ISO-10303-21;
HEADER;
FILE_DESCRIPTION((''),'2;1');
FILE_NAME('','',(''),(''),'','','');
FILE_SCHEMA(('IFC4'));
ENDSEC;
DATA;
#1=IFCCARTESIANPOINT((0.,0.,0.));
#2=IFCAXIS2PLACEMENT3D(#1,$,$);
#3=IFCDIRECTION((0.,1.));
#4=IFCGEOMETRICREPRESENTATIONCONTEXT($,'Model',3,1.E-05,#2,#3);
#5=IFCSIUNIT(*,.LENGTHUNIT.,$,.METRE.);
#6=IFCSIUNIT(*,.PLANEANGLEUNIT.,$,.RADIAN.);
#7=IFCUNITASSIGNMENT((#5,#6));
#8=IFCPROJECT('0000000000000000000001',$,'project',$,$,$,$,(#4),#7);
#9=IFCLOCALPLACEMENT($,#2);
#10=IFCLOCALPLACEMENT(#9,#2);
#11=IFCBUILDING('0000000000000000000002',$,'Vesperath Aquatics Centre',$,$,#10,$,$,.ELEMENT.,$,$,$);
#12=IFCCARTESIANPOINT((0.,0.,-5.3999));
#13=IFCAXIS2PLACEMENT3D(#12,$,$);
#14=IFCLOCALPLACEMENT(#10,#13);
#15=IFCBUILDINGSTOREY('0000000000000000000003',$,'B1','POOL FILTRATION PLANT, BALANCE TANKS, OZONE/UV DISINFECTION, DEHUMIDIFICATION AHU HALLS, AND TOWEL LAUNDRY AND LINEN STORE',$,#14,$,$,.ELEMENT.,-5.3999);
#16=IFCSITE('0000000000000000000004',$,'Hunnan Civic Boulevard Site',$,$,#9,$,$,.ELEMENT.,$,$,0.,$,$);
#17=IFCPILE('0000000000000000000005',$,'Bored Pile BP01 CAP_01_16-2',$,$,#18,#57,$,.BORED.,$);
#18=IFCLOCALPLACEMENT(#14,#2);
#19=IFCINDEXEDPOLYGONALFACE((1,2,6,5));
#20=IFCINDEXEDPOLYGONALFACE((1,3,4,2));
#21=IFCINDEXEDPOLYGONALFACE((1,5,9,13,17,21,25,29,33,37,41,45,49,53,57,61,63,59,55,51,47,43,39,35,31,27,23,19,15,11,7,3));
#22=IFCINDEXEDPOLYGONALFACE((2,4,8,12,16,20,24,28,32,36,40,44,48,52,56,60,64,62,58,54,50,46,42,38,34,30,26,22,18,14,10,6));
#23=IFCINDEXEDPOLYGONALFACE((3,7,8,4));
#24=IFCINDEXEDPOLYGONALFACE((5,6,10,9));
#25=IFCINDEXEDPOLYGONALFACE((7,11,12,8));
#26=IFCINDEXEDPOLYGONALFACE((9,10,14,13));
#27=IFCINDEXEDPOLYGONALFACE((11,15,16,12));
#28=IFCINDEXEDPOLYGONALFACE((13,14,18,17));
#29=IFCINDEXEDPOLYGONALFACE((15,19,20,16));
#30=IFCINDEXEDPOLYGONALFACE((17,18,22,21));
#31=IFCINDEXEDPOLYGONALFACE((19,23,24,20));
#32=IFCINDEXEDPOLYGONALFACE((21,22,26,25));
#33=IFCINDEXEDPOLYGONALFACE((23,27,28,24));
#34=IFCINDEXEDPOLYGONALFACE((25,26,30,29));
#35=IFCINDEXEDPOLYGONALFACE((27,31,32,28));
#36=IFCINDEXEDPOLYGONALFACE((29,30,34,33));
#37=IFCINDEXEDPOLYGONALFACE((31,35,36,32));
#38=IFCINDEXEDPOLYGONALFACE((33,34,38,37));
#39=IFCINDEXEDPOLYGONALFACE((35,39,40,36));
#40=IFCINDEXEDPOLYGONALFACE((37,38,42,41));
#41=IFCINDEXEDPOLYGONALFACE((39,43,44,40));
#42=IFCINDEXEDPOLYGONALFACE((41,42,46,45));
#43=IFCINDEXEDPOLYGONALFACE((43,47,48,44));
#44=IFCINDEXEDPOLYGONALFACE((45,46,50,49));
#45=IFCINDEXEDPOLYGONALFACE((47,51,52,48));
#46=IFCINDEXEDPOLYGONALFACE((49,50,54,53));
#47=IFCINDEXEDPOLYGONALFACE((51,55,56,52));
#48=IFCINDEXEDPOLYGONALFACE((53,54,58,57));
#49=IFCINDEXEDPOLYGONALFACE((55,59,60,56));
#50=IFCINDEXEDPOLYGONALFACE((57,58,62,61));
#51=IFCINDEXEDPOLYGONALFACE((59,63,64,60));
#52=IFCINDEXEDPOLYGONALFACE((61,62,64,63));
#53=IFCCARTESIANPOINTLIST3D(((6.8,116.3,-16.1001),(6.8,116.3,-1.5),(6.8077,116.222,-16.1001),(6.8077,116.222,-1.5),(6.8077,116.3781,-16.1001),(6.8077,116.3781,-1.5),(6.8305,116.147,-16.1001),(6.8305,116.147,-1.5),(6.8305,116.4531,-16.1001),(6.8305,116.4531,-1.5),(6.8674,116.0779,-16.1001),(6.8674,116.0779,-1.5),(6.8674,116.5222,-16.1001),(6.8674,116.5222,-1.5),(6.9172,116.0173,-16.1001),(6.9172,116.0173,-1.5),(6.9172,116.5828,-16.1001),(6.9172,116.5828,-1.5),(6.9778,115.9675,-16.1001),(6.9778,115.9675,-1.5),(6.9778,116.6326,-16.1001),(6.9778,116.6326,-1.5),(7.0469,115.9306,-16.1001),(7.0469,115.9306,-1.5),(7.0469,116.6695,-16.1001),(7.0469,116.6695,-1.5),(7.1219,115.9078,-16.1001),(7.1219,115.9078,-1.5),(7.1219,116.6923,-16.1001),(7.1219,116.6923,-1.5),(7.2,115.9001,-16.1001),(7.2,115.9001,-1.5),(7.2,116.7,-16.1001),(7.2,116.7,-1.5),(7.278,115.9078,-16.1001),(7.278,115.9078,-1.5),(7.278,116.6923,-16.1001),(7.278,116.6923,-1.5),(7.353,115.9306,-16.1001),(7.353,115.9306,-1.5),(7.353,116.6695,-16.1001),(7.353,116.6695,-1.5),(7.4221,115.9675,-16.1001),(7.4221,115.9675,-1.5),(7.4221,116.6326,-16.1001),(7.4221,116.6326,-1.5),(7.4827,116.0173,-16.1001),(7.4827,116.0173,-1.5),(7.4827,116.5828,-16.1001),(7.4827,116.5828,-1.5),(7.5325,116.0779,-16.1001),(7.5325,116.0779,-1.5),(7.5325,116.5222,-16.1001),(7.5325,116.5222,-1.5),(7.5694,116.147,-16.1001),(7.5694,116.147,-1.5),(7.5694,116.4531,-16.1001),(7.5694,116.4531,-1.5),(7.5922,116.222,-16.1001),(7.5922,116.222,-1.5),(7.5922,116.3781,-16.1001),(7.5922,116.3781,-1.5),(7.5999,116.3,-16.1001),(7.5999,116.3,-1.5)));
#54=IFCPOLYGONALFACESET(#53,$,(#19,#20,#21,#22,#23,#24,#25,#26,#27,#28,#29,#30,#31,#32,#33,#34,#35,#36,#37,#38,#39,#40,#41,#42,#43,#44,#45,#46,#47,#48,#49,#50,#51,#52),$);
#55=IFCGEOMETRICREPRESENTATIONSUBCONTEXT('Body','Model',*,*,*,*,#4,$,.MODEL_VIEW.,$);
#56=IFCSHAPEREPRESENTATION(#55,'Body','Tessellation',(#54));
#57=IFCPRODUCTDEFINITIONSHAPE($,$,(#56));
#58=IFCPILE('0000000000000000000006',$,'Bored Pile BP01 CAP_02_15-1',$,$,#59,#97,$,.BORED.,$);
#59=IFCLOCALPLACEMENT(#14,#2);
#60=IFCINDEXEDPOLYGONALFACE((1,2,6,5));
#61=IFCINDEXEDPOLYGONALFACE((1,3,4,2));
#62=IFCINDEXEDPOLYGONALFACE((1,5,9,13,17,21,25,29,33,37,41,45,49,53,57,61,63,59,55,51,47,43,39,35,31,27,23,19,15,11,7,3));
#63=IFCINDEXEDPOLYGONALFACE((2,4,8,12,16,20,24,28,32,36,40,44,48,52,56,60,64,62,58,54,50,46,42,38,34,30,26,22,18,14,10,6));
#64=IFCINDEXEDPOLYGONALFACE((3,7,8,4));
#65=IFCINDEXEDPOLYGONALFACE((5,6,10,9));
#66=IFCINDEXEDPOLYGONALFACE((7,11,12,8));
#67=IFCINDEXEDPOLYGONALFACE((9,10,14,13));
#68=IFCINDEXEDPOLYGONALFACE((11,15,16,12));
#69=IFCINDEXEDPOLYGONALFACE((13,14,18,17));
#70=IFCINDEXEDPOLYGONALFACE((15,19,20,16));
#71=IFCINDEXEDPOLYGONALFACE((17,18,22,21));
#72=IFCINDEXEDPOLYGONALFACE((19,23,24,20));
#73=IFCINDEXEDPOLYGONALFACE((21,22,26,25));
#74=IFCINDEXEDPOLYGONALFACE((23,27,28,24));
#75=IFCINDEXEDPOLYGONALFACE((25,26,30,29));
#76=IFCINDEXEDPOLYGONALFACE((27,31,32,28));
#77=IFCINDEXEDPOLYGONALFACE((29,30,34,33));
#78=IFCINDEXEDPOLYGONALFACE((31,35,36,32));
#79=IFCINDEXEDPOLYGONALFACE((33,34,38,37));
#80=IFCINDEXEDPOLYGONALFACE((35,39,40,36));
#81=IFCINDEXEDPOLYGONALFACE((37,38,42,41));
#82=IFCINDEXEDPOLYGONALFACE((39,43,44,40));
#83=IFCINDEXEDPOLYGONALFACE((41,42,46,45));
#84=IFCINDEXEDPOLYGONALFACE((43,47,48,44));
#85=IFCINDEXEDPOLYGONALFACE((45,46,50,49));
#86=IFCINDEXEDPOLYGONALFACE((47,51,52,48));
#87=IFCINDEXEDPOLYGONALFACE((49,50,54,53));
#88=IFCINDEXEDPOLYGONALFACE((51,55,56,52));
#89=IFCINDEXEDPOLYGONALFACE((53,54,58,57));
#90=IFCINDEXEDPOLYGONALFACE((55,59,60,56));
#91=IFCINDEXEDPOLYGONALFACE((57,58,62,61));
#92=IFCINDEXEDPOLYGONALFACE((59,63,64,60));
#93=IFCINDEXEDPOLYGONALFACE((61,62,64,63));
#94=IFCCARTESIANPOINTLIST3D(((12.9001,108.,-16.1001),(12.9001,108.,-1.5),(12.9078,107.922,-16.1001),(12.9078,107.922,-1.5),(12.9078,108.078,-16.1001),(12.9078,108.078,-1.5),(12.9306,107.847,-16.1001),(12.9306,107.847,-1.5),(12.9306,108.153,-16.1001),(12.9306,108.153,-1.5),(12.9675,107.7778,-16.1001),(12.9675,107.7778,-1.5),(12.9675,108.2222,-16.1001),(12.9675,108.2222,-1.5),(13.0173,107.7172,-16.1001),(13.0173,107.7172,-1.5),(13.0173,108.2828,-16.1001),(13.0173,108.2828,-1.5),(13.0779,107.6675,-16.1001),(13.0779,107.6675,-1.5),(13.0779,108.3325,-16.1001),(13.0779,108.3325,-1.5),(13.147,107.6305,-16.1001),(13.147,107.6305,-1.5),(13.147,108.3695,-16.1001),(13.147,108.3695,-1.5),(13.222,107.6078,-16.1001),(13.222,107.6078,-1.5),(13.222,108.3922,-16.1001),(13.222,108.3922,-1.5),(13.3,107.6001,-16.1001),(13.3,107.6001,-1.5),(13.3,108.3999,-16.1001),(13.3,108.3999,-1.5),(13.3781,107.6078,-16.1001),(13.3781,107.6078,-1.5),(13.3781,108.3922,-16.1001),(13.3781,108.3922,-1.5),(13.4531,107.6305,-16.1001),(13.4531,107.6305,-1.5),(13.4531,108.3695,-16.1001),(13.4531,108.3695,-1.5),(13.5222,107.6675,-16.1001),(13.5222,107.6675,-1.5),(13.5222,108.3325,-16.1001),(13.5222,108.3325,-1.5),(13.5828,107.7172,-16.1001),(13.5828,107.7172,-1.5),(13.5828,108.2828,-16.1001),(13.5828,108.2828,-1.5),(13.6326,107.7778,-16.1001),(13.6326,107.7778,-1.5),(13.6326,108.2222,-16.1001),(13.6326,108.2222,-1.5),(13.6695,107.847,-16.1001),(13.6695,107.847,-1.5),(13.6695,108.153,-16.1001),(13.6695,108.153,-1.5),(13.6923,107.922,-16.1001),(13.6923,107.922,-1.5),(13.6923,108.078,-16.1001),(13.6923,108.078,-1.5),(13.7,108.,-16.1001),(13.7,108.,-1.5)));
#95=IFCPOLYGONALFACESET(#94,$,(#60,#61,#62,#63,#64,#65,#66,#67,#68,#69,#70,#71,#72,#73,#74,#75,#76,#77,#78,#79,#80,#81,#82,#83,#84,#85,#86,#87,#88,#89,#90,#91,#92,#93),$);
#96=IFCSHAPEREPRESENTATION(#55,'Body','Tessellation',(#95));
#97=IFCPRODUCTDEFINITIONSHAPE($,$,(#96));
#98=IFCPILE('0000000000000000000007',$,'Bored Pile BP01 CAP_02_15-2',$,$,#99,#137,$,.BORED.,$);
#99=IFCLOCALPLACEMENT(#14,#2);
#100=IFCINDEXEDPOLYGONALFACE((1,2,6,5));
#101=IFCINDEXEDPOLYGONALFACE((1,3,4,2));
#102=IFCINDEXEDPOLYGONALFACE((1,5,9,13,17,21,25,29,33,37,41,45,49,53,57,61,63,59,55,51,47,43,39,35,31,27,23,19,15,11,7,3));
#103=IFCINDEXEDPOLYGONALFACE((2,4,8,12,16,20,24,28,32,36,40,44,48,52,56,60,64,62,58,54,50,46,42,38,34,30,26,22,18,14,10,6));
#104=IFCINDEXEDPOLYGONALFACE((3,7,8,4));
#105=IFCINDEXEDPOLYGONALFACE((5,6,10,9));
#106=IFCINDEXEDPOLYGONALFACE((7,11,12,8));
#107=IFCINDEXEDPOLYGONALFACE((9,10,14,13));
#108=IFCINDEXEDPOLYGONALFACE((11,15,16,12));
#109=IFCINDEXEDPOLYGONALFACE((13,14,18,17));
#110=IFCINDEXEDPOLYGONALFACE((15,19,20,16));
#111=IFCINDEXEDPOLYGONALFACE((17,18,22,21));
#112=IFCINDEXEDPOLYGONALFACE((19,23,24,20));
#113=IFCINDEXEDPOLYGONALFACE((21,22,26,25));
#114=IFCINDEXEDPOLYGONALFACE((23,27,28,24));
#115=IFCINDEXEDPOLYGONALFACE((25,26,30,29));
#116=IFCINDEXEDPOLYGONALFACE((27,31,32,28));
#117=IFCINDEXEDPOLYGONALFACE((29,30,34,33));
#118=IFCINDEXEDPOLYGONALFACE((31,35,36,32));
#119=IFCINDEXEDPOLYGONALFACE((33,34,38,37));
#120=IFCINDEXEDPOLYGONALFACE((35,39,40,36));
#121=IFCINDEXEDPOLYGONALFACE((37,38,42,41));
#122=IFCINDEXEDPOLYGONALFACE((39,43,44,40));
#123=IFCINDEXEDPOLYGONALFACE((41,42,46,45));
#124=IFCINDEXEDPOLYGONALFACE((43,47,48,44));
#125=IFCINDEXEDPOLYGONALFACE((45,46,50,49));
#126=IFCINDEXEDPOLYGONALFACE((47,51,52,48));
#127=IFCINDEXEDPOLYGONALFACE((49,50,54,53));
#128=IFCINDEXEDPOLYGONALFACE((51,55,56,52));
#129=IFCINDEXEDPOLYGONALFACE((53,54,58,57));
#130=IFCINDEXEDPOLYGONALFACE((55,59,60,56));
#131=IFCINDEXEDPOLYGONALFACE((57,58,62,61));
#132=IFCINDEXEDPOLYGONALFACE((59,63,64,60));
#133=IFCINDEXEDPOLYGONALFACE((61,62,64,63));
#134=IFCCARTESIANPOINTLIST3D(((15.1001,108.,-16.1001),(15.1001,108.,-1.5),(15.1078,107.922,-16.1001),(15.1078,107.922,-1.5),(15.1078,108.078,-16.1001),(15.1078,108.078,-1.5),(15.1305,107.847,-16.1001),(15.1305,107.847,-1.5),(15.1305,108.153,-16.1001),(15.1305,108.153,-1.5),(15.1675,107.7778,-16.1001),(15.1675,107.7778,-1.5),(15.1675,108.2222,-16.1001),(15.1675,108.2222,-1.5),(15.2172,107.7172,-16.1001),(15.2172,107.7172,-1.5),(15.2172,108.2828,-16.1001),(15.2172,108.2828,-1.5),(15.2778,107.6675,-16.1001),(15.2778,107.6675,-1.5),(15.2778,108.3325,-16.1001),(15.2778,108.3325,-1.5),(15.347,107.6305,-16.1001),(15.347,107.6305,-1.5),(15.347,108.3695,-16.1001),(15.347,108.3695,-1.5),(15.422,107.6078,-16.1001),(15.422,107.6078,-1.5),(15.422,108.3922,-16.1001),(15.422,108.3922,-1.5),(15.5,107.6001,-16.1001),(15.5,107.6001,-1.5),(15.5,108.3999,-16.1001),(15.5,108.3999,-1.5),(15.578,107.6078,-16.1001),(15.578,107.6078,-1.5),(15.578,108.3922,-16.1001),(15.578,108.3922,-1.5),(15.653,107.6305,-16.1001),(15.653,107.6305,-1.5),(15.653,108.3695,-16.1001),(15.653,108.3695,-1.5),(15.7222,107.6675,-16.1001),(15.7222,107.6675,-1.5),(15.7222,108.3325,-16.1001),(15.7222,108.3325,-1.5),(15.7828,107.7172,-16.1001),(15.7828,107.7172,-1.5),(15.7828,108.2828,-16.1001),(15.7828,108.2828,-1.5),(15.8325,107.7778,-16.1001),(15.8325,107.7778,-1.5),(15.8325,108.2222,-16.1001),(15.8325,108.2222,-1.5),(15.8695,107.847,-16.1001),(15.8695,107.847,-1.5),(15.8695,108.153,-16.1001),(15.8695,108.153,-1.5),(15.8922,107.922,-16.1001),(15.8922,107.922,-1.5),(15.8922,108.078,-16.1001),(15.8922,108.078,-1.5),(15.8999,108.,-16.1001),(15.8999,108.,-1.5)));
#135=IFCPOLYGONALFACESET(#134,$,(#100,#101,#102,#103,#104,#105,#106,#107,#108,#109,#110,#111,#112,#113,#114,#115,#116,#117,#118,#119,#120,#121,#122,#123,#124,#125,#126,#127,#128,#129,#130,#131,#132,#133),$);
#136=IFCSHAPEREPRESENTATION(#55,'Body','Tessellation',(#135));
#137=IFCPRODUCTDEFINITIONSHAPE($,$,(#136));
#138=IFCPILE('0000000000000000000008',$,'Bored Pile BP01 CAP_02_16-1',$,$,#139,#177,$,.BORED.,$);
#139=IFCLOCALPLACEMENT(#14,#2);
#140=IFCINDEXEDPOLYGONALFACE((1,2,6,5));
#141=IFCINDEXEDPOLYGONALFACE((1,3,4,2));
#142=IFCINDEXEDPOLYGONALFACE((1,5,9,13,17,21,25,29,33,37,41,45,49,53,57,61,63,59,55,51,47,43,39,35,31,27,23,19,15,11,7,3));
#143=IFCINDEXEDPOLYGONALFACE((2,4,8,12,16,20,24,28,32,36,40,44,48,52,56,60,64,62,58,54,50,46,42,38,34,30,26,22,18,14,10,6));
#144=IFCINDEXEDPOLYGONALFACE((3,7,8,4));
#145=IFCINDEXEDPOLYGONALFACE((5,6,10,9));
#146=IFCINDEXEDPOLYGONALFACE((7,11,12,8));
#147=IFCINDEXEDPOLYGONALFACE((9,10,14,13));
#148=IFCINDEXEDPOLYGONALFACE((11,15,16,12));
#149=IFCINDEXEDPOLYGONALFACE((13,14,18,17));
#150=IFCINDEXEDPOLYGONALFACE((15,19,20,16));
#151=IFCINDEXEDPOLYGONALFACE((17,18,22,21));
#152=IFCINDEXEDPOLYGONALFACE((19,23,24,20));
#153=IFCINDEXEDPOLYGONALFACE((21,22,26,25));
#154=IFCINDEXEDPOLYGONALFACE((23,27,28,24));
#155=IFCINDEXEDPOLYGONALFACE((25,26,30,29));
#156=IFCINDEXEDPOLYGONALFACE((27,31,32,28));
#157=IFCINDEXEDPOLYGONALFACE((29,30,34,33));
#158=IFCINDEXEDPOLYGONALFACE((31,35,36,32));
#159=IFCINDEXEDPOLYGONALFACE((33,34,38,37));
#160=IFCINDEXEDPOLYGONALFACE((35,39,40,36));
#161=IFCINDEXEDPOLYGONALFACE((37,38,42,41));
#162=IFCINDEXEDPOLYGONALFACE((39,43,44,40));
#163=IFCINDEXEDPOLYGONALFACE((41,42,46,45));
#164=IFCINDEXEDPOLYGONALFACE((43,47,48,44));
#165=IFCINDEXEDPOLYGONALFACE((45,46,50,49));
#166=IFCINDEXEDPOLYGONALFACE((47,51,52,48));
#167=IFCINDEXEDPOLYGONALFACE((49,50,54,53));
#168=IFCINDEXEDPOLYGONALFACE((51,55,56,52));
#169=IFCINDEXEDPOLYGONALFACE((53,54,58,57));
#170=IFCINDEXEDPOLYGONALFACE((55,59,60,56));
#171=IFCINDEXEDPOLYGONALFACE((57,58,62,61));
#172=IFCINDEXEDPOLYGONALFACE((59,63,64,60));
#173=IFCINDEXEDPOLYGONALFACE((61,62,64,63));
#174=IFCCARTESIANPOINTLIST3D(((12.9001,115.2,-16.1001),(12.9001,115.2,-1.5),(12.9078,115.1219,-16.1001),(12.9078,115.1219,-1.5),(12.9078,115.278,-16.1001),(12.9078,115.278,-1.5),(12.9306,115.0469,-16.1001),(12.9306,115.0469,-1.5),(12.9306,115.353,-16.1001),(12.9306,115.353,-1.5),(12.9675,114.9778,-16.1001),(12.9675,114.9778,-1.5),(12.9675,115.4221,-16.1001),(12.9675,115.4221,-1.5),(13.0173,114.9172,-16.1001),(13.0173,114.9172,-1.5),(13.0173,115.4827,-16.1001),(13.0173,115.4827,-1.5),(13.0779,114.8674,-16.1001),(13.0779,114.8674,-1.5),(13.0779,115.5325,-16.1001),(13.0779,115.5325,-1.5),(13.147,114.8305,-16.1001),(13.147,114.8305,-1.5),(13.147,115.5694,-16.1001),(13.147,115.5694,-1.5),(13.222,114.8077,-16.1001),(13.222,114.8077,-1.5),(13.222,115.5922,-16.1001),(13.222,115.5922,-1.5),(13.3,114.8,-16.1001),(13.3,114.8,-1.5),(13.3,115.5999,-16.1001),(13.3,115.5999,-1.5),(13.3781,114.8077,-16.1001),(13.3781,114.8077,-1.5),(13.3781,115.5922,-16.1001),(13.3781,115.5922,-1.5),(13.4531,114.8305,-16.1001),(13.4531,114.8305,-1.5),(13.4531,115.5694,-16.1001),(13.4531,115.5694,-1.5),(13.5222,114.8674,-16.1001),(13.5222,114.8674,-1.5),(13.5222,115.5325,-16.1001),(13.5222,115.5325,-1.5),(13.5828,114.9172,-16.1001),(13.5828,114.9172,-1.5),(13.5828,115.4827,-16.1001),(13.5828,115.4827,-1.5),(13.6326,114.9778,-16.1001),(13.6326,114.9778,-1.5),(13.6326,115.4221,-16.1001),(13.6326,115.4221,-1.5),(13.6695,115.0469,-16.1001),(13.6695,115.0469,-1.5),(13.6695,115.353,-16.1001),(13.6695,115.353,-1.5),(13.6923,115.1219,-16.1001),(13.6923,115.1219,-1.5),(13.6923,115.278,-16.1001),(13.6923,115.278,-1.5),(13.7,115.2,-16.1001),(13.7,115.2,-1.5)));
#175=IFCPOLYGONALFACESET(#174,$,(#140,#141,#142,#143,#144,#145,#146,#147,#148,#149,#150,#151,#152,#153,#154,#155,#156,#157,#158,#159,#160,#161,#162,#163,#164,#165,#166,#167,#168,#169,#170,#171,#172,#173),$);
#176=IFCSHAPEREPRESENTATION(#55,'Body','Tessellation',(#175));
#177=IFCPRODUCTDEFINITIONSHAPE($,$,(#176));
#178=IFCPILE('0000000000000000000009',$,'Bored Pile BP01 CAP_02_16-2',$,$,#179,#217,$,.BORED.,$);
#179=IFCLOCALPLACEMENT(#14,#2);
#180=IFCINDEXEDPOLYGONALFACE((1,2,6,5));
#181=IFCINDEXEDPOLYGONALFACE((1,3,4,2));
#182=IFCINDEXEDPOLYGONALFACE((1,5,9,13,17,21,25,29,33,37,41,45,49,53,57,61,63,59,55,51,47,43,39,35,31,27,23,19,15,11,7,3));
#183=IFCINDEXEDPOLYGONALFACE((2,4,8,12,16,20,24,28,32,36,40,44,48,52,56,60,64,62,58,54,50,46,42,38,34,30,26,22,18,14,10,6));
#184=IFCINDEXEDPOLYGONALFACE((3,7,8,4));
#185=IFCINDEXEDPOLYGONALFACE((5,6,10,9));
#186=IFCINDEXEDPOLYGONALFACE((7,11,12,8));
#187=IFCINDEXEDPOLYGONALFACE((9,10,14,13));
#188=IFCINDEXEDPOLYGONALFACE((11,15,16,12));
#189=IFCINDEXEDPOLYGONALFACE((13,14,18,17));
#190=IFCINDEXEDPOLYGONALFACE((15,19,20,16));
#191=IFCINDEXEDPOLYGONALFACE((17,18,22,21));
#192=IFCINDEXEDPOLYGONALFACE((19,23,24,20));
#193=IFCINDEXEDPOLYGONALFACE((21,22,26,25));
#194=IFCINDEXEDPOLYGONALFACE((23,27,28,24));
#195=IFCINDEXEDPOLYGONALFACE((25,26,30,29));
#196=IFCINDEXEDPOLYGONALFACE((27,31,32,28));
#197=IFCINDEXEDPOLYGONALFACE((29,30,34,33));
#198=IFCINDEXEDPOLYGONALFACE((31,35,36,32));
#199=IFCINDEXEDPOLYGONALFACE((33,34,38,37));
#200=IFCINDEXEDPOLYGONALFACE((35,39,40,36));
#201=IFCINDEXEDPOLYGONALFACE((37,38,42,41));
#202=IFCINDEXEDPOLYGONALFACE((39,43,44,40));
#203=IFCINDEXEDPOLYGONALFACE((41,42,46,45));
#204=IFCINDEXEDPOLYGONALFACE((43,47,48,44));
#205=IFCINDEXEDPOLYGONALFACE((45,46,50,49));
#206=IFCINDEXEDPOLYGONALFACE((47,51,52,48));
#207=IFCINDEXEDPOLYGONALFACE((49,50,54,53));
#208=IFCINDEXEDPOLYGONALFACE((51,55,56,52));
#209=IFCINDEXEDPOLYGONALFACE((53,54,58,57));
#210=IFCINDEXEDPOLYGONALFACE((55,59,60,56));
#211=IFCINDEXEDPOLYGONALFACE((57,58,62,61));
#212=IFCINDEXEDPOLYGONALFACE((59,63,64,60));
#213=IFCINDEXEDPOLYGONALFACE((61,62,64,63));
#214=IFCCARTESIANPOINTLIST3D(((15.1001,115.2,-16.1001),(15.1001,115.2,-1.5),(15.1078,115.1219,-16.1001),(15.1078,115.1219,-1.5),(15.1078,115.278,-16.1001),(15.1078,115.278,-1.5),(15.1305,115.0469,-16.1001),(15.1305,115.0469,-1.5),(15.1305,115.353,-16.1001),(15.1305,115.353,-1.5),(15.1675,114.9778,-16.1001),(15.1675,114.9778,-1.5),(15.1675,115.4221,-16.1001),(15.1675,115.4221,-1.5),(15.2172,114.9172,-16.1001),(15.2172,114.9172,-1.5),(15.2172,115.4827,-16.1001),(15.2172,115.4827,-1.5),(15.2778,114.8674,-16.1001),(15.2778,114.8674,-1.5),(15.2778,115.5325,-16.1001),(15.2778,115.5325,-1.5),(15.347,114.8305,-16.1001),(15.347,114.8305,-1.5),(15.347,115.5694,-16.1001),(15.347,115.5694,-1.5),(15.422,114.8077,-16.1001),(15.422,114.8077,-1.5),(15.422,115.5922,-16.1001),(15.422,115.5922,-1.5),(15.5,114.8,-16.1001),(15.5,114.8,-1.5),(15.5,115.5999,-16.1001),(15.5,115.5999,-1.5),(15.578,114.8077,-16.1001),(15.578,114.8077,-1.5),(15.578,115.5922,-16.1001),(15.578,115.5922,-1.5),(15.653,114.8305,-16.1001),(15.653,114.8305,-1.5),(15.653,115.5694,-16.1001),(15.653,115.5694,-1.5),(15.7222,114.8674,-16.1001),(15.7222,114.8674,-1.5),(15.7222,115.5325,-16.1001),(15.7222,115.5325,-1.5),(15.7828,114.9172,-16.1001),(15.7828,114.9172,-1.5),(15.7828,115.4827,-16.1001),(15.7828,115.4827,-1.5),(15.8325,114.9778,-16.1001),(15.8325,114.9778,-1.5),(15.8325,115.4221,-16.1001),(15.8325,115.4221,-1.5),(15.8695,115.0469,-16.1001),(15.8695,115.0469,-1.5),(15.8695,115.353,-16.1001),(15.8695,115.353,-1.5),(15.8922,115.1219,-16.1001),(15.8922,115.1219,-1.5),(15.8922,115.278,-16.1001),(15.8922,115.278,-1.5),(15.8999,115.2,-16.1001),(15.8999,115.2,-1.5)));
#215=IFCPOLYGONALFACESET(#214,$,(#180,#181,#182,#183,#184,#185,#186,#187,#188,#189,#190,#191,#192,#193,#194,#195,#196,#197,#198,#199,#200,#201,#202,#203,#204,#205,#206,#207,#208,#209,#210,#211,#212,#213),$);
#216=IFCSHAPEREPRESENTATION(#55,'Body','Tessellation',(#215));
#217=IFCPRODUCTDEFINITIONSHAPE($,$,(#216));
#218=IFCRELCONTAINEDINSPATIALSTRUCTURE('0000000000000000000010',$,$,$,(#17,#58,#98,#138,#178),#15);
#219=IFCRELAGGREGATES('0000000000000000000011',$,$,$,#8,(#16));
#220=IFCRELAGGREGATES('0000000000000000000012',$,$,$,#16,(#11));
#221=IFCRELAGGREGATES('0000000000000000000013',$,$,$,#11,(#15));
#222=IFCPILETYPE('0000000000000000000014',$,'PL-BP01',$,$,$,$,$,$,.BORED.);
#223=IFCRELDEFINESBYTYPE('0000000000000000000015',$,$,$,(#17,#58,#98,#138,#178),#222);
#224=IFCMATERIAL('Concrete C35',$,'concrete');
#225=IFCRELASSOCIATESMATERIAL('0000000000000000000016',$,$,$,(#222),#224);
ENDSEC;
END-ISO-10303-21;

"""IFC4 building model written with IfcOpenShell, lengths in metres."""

from ifc_helpers import new_model, si_unit, direction, frame, origin, origin_2d, place, context, subcontext, project, spatial, circle, extrude, material, material_profile, profile_set, type_object, element, save


model = new_model("IFC4")

# Units and contexts
model_context = context("Model", 3, precision=1e-05, world=origin(), true_north=direction((0.0, 1.0)))
body_context = subcontext(model_context, "Body", "Model", "MODEL_VIEW")
ifc_project = project(units=[si_unit("LENGTHUNIT", "METRE"), si_unit("PLANEANGLEUNIT", "RADIAN")], contexts=[model_context])

# Site, building, storey
site_placement = place(None, origin())
site = spatial("IfcSite", under=ifc_project, at=site_placement, Name="Hunnan Civic Boulevard Site", CompositionType="ELEMENT", RefElevation=0.0)
building_placement = place(site_placement, origin())
building = spatial("IfcBuilding", under=site, at=building_placement, Name="Vesperath Aquatics Centre", CompositionType="ELEMENT")
storey_placement = place(building_placement, frame((0.0, 0.0, -5.3999)))
storey = spatial("IfcBuildingStorey", under=building, at=storey_placement, Name="B1", Description="POOL FILTRATION PLANT, BALANCE TANKS, OZONE/UV DISINFECTION, DEHUMIDIFICATION AHU HALLS, AND TOWEL LAUNDRY AND LINEN STORE", CompositionType="ELEMENT", Elevation=-5.3999)

# Piles
ifc_material_1 = material(Name="Concrete C35", Category="concrete")
ifc_material_profile_1 = material_profile(ifc_material_1, circle(Radius=0.3999, at=origin_2d()), Name="PILE D800")
ifc_profile_set_1 = profile_set([ifc_material_profile_1], Name="Concrete C35")
pile_type = type_object("IfcPileType", Name="PL-BP01", PredefinedType="BORED", material=ifc_profile_set_1)
for number, where, z_axis, x_axis, name in (
    (1, (7.2, 116.3, -1.5), (0.0, 0.0, -1.0), (1.0, 0.0, 0.0), "Bored Pile BP01 CAP_01_16-2"),
    (2, (13.3, 108.0, -1.5), (0.0, 0.0, -1.0), (1.0, 0.0, 0.0), "Bored Pile BP01 CAP_02_15-1"),
    (3, (15.5, 108.0, -1.5), (0.0, 0.0, -1.0), (1.0, 0.0, 0.0), "Bored Pile BP01 CAP_02_15-2"),
    (4, (13.3, 115.2, -1.5), (0.0, 0.0, -1.0), (1.0, 0.0, 0.0), "Bored Pile BP01 CAP_02_16-1"),
    (5, (15.5, 115.2, -1.5), (0.0, 0.0, -1.0), (1.0, 0.0, 0.0), "Bored Pile BP01 CAP_02_16-2"),
):
    element("IfcPile", number, at=place(storey_placement, frame(where, z_axis=z_axis, x_axis=x_axis)), inside=storey, type_object=pile_type, Name=name, PredefinedType="BORED", context=body_context, shape_type="SweptSolid", body=[
        extrude(circle(Radius=0.3999, at=origin_2d()), origin(), (0.0, 0.0, 1.0), 14.6001),
    ])

save(model, "model.ifc")
